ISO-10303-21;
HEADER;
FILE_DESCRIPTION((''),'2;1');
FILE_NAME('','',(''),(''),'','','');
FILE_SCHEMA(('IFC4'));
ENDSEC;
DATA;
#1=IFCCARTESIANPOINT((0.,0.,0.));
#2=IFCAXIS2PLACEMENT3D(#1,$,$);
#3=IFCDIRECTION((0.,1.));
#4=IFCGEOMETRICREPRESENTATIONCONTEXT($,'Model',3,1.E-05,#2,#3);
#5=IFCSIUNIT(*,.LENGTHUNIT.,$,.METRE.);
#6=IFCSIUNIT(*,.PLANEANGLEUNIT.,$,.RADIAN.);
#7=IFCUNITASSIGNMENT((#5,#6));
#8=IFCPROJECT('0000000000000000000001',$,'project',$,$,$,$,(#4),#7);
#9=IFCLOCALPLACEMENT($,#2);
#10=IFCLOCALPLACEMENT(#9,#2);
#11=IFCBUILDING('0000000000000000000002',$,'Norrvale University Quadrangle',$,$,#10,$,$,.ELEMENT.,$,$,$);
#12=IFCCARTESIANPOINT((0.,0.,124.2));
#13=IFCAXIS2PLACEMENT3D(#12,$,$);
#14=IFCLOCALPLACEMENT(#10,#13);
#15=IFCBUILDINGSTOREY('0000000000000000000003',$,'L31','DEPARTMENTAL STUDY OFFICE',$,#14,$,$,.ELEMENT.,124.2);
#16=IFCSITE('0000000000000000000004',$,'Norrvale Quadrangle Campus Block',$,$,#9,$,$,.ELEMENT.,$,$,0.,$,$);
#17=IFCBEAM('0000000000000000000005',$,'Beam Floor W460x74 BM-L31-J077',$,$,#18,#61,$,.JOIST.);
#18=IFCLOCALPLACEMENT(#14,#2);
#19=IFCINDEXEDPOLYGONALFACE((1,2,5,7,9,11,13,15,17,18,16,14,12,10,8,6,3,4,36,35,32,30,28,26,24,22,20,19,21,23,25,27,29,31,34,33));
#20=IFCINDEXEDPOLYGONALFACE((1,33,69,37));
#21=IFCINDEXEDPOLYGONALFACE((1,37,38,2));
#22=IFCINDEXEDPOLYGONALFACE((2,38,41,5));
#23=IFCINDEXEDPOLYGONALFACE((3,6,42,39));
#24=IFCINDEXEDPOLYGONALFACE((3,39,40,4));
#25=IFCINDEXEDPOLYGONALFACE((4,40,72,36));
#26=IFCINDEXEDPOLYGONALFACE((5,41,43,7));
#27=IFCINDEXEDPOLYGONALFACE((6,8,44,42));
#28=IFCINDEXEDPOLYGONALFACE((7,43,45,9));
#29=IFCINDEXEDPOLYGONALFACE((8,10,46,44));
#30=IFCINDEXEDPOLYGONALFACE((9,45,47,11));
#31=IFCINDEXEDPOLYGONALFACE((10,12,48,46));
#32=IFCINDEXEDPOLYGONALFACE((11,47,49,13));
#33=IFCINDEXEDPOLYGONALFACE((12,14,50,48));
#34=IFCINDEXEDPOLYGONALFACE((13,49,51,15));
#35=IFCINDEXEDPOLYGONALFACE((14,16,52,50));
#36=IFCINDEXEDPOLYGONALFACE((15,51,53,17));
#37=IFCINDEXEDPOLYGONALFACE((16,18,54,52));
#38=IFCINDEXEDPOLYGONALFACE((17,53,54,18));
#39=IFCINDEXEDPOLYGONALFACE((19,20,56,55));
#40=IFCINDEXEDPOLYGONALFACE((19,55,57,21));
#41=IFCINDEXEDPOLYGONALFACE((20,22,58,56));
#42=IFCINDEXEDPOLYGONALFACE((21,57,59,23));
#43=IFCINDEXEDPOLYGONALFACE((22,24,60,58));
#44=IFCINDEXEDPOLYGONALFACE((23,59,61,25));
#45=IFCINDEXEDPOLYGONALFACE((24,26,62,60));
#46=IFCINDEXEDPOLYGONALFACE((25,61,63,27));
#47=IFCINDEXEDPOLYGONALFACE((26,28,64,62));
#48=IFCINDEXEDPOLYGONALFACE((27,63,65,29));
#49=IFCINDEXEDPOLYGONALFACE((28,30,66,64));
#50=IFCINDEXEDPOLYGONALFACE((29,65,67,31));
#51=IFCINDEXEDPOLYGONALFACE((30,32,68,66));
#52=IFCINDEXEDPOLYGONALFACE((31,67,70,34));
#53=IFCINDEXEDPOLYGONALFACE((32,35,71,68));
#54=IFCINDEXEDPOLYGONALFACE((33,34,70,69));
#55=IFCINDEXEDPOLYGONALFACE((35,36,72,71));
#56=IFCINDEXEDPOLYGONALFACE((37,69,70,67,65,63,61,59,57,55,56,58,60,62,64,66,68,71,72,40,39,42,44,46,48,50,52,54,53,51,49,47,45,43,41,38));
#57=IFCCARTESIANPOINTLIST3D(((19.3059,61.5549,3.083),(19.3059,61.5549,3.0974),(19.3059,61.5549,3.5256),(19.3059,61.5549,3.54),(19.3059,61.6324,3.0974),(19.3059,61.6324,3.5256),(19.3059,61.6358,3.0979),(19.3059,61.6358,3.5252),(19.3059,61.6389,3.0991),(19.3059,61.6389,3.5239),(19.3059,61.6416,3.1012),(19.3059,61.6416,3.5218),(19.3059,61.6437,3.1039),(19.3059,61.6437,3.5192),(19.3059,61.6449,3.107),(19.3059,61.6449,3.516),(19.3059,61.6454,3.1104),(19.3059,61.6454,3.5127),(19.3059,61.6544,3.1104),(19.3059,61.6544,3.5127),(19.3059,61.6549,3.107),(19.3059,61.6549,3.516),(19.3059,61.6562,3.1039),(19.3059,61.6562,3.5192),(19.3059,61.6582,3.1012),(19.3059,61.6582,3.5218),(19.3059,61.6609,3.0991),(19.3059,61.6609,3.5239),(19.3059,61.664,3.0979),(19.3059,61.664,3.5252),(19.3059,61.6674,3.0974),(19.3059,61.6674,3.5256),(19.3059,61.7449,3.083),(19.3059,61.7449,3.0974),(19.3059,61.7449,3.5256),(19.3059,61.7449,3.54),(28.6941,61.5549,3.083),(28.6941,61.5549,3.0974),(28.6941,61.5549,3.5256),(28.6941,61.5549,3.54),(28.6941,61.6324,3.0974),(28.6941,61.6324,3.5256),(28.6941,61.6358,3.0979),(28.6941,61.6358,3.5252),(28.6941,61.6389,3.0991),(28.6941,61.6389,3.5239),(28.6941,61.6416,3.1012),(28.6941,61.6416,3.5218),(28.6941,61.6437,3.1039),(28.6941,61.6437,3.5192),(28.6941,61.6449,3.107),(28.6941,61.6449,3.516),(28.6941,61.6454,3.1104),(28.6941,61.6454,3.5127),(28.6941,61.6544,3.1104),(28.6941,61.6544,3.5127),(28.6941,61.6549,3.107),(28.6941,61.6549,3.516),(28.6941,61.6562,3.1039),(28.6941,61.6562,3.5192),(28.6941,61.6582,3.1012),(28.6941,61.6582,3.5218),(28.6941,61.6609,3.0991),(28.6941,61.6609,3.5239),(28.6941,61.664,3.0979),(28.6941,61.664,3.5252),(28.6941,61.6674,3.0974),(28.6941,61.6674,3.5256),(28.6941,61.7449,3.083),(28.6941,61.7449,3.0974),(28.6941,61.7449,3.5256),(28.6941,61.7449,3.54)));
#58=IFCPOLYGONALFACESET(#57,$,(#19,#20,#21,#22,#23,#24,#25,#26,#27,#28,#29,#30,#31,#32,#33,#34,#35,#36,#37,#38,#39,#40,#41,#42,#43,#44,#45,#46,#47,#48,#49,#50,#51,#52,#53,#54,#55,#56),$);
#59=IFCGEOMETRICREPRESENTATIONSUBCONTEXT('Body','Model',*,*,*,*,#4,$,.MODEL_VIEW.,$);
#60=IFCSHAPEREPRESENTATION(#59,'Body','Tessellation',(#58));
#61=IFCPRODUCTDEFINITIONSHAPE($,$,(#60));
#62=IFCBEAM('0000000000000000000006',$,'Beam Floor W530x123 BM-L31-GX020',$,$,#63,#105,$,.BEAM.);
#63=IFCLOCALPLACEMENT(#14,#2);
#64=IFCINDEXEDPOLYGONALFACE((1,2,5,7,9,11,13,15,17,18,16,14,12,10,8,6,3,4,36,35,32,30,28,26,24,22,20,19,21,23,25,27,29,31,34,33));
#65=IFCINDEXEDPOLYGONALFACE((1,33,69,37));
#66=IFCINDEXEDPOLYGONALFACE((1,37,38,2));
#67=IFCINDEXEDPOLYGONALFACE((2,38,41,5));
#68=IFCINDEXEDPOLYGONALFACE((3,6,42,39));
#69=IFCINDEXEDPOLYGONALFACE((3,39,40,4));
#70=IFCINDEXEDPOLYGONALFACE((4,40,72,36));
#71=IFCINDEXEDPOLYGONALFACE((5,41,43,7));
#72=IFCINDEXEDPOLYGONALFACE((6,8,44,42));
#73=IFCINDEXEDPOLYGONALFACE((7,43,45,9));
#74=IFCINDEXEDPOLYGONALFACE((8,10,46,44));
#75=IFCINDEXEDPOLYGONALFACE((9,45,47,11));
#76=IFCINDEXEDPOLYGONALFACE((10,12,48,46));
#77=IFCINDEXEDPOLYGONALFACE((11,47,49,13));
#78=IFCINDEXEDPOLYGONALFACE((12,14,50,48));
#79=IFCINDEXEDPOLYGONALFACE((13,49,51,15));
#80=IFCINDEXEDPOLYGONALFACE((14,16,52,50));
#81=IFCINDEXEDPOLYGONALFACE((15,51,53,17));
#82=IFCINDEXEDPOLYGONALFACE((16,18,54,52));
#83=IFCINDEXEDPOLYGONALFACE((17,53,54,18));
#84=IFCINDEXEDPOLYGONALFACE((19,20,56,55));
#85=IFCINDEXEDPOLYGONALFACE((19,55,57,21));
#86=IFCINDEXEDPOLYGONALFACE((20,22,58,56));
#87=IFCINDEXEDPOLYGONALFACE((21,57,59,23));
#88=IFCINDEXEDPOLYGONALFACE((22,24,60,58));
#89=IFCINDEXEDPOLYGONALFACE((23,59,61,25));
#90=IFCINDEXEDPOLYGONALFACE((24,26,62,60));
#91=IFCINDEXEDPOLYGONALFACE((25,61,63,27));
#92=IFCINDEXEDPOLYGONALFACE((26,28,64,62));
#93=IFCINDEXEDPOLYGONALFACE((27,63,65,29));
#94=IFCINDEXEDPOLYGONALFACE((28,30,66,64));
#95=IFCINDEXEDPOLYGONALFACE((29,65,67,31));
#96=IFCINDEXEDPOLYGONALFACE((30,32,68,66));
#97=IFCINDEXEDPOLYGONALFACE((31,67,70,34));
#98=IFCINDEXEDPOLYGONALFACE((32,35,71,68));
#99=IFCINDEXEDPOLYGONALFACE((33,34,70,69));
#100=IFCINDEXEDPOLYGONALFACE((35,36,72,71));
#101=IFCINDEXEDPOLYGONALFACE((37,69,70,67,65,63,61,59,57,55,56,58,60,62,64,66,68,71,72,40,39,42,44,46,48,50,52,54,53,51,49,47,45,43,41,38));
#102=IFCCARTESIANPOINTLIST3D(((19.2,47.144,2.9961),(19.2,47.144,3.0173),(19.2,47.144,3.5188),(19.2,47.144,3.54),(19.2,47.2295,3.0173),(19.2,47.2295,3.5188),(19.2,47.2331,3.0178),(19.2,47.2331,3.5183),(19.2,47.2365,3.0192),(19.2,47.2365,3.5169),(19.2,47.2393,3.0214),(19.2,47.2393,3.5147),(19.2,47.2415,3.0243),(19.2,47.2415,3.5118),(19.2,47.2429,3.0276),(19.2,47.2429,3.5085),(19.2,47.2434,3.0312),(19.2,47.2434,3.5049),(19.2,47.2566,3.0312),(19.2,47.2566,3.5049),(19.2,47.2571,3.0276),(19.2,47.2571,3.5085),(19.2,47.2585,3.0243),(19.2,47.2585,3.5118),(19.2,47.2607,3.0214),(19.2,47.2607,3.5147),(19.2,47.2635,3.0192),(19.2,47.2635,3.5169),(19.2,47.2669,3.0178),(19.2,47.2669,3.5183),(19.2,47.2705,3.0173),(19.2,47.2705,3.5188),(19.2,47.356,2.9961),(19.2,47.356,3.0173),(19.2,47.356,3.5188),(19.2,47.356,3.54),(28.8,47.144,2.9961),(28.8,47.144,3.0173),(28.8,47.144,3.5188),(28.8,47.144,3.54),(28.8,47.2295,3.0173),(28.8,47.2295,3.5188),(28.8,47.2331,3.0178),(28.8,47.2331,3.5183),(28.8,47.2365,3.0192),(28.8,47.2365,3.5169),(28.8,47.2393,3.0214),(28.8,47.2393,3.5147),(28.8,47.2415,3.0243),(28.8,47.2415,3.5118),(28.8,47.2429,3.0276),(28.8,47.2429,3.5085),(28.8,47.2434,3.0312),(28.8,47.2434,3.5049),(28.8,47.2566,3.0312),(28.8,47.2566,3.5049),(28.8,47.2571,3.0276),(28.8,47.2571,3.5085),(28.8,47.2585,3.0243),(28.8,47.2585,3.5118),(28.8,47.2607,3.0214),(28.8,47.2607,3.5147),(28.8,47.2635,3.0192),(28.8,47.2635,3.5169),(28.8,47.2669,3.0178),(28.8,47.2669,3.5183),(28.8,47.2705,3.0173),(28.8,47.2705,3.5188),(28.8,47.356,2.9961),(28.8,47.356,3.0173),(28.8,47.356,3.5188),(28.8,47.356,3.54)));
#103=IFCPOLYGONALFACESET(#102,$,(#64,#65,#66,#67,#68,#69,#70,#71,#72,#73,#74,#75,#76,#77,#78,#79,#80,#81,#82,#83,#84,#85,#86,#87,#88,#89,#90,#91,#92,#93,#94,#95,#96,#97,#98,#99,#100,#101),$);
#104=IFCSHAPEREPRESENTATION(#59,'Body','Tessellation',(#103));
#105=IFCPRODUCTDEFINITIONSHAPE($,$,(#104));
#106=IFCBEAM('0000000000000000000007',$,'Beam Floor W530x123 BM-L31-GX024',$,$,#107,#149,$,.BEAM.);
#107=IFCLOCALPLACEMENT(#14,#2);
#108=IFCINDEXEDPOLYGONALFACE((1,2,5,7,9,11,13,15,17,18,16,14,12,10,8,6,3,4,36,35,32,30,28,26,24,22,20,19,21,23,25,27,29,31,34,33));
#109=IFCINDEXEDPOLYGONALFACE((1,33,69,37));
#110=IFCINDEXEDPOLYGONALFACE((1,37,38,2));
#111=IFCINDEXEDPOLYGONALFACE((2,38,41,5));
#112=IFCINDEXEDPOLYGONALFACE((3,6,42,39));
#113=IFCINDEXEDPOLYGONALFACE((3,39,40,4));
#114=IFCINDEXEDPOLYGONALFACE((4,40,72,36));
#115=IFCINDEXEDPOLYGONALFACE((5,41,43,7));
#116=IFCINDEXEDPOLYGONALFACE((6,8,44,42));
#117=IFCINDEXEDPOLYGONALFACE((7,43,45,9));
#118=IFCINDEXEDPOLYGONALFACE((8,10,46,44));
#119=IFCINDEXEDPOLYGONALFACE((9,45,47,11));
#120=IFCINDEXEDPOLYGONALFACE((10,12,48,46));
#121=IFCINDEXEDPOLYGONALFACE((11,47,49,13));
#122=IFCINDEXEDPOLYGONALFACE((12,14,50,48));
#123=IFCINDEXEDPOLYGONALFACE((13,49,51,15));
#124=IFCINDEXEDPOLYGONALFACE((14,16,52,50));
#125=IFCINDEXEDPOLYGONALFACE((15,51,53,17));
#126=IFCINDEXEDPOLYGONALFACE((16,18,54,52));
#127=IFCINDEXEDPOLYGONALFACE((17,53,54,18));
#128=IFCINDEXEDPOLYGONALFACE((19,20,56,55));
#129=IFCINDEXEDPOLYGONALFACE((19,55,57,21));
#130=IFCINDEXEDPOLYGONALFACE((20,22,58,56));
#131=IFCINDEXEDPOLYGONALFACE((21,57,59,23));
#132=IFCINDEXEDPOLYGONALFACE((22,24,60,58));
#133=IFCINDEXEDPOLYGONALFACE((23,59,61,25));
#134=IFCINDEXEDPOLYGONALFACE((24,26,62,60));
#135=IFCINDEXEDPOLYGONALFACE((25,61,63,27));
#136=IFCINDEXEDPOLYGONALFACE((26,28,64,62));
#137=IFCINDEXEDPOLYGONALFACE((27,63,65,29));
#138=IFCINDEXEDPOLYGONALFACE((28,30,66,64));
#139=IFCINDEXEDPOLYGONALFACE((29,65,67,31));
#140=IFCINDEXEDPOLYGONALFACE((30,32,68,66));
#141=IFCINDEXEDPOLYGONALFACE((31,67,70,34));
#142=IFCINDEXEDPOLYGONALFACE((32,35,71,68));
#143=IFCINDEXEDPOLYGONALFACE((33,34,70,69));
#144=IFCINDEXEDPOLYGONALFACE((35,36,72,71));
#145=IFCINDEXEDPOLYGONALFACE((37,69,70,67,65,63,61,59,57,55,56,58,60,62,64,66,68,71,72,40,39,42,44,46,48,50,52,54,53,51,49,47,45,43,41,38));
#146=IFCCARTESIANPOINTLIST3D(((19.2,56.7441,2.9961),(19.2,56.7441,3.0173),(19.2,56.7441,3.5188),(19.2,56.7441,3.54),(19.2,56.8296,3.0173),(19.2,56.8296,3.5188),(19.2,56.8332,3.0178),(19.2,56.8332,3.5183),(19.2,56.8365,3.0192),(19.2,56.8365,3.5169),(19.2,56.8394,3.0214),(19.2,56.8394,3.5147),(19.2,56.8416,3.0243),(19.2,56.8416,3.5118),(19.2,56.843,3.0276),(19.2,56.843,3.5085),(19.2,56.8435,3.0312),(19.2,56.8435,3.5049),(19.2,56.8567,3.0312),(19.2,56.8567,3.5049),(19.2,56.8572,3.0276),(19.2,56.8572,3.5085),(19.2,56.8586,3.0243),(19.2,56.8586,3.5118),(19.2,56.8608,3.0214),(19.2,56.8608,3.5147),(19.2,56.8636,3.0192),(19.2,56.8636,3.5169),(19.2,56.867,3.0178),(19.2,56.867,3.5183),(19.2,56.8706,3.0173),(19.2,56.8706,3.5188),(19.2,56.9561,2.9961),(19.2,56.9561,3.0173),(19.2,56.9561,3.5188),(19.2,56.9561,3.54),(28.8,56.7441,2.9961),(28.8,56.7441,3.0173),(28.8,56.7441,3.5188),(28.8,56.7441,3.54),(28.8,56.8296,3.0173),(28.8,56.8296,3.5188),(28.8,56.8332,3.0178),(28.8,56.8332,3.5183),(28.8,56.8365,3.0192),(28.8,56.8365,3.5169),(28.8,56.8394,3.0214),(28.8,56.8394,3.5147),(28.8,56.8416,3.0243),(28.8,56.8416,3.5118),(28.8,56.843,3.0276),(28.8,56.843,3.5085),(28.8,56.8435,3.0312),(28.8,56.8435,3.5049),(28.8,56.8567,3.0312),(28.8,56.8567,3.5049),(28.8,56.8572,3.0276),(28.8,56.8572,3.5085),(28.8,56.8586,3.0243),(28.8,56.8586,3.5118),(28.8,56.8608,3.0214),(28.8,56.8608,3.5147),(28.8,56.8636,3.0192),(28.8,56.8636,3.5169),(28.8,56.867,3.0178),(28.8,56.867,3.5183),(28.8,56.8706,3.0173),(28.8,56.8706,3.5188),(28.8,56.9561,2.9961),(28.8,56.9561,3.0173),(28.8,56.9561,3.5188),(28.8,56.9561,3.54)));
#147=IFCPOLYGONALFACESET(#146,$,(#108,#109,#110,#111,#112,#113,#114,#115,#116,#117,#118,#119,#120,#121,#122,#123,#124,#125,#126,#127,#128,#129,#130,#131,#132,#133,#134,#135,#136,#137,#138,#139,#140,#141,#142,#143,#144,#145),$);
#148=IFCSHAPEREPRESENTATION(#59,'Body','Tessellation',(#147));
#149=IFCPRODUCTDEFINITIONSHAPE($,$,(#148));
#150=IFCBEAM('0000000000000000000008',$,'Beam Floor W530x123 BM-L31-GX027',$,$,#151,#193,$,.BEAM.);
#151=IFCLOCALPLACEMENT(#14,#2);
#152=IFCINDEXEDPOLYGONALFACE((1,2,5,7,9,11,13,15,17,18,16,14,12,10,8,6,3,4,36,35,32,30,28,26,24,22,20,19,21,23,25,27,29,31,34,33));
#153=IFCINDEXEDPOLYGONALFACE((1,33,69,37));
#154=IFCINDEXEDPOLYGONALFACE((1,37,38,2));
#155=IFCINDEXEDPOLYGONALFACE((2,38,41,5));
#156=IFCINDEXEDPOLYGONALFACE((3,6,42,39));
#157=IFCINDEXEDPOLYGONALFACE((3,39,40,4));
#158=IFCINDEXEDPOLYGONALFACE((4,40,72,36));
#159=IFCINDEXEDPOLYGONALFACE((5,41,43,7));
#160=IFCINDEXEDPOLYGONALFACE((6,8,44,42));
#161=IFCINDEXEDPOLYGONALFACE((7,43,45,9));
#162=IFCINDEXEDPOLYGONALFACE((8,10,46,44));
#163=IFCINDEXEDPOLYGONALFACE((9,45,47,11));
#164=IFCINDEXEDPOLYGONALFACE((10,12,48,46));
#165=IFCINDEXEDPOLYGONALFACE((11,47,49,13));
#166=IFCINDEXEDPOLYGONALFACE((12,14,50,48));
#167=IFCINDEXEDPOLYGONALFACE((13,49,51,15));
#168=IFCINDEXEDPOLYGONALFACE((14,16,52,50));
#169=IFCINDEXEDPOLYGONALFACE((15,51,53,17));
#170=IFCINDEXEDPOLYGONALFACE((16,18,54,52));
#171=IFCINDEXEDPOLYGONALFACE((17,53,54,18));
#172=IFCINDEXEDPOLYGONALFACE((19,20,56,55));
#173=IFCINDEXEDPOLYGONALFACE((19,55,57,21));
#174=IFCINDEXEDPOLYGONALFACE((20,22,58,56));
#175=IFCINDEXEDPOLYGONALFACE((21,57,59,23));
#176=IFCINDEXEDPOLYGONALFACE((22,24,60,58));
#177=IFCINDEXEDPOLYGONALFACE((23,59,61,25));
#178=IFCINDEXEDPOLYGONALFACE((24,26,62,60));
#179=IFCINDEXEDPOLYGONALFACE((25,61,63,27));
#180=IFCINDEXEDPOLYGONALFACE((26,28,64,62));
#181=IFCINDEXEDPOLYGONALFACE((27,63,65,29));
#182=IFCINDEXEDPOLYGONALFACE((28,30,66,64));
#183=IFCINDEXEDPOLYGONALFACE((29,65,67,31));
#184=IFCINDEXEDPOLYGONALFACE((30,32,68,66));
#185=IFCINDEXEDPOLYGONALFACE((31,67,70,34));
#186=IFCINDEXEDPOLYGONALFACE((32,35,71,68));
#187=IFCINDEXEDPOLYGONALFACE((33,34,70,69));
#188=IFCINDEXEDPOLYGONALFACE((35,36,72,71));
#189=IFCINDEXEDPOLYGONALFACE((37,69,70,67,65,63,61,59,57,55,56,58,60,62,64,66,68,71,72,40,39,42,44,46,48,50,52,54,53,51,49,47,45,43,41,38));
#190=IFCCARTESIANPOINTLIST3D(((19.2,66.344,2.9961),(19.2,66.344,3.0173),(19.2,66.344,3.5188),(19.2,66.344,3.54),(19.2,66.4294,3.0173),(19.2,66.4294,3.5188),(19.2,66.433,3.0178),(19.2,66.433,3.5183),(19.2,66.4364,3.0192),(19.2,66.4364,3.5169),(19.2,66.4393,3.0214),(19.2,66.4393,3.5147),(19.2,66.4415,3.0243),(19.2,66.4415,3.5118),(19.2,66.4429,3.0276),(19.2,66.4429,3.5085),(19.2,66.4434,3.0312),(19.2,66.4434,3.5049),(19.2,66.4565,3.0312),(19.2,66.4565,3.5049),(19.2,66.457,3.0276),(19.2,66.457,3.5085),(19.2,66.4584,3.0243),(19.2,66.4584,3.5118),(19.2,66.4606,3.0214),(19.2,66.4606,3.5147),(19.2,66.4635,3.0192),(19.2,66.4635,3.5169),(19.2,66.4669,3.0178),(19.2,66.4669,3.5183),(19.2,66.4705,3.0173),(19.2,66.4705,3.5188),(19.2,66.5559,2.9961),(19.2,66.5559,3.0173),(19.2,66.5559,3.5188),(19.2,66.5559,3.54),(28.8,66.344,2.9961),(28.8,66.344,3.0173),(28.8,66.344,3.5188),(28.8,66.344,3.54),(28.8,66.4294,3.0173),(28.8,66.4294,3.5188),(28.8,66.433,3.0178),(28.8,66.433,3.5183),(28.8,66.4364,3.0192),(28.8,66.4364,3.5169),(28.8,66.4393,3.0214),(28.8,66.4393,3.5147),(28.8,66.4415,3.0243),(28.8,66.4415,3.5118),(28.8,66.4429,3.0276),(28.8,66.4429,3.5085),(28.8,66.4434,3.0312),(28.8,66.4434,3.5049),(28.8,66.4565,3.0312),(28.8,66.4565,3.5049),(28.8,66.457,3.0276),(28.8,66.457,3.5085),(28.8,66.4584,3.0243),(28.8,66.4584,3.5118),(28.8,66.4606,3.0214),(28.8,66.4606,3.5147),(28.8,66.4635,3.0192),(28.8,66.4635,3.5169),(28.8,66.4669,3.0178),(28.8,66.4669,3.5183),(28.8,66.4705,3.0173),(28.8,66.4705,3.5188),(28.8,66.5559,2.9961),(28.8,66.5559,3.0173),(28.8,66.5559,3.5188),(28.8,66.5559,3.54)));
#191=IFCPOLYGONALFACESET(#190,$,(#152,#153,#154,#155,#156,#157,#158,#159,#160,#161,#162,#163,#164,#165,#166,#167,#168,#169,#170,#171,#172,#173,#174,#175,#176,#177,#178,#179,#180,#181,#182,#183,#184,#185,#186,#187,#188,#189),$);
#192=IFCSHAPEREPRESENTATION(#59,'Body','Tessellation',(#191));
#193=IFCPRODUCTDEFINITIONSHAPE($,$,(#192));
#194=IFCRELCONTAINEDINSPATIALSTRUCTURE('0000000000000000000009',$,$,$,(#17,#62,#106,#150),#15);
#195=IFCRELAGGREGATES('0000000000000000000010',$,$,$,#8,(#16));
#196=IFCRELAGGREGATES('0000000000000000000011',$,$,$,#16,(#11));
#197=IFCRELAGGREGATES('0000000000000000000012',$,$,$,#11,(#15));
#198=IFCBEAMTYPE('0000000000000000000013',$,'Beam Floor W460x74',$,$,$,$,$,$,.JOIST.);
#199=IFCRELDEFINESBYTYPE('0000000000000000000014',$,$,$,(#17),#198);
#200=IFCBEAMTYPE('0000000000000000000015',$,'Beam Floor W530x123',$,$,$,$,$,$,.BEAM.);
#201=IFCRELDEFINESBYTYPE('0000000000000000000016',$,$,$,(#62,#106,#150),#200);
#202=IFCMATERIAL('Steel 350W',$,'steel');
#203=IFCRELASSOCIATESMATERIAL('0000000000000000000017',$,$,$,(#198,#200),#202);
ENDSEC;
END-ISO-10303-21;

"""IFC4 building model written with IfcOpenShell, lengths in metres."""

from ifc_helpers import new_model, si_unit, direction, frame, origin, origin_2d, place, context, subcontext, project, spatial, i_section, extrude, material, material_profile, profile_set, type_object, element, save


model = new_model("IFC4")

# Units and contexts
model_context = context("Model", 3, precision=1e-05, world=origin(), true_north=direction((0.0, 1.0)))
body_context = subcontext(model_context, "Body", "Model", "MODEL_VIEW")
ifc_project = project(units=[si_unit("LENGTHUNIT", "METRE"), si_unit("PLANEANGLEUNIT", "RADIAN")], contexts=[model_context])

# Site, building, storey
site_placement = place(None, origin())
site = spatial("IfcSite", under=ifc_project, at=site_placement, Name="Norrvale Quadrangle Campus Block", CompositionType="ELEMENT", RefElevation=0.0)
building_placement = place(site_placement, origin())
building = spatial("IfcBuilding", under=site, at=building_placement, Name="Norrvale University Quadrangle", CompositionType="ELEMENT")
storey_placement = place(building_placement, frame((0.0, 0.0, 124.2)))
storey = spatial("IfcBuildingStorey", under=building, at=storey_placement, Name="L31", Description="DEPARTMENTAL STUDY OFFICE", CompositionType="ELEMENT", Elevation=124.2)

# Beams
ifc_material_1 = material(Name="Steel 350W", Category="steel")
ifc_material_profile_1 = material_profile(ifc_material_1, i_section(OverallWidth=0.1899, OverallDepth=0.457, WebThickness=0.009, FlangeThickness=0.0144, FilletRadius=0.0129, at=origin_2d()), Name="Steel 350W")
ifc_profile_set_1 = profile_set([ifc_material_profile_1], Name="Steel 350W")
beam_type_1 = type_object("IfcBeamType", Name="Beam Floor W460x74", PredefinedType="JOIST", material=ifc_profile_set_1)
for number, where, z_axis, x_axis, name in (
    (1, (19.3059, 61.6499, 3.3115), (1.0, 0.0, 0.0), (0.0, 1.0, 0.0), "Beam Floor W460x74 BM-L31-J077"),
):
    element("IfcBeam", number, at=place(storey_placement, frame(where, z_axis=z_axis, x_axis=x_axis)), inside=storey, type_object=beam_type_1, Name=name, PredefinedType="JOIST", context=body_context, shape_type="SweptSolid", body=[
        extrude(i_section(OverallWidth=0.1899, OverallDepth=0.457, WebThickness=0.009, FlangeThickness=0.0144, FilletRadius=0.0129, at=origin_2d()), origin(), (0.0, 0.0, 1.0), 9.3882),
    ])
ifc_material_profile_2 = material_profile(ifc_material_1, i_section(OverallWidth=0.2119, OverallDepth=0.5439, WebThickness=0.0132, FlangeThickness=0.0212, FilletRadius=0.0139, at=origin_2d()), Name="Steel 350W")
ifc_profile_set_2 = profile_set([ifc_material_profile_2], Name="Steel 350W")
beam_type_2 = type_object("IfcBeamType", Name="Beam Floor W530x123", PredefinedType="BEAM", material=ifc_profile_set_2)
for number, where, z_axis, x_axis, name in (
    (2, (19.2, 47.25, 3.2681), (1.0, 0.0, 0.0), (0.0, 1.0, 0.0), "Beam Floor W530x123 BM-L31-GX020"),
    (3, (19.2, 56.8501, 3.2681), (1.0, 0.0, 0.0), (0.0, 1.0, 0.0), "Beam Floor W530x123 BM-L31-GX024"),
    (4, (19.2, 66.45, 3.2681), (1.0, 0.0, 0.0), (0.0, 1.0, 0.0), "Beam Floor W530x123 BM-L31-GX027"),
):
    element("IfcBeam", number, at=place(storey_placement, frame(where, z_axis=z_axis, x_axis=x_axis)), inside=storey, type_object=beam_type_2, Name=name, PredefinedType="BEAM", context=body_context, shape_type="SweptSolid", body=[
        extrude(i_section(OverallWidth=0.2119, OverallDepth=0.5439, WebThickness=0.0132, FlangeThickness=0.0212, FilletRadius=0.0139, at=origin_2d()), origin(), (0.0, 0.0, 1.0), 9.6001),
    ])

save(model, "model.ifc")
